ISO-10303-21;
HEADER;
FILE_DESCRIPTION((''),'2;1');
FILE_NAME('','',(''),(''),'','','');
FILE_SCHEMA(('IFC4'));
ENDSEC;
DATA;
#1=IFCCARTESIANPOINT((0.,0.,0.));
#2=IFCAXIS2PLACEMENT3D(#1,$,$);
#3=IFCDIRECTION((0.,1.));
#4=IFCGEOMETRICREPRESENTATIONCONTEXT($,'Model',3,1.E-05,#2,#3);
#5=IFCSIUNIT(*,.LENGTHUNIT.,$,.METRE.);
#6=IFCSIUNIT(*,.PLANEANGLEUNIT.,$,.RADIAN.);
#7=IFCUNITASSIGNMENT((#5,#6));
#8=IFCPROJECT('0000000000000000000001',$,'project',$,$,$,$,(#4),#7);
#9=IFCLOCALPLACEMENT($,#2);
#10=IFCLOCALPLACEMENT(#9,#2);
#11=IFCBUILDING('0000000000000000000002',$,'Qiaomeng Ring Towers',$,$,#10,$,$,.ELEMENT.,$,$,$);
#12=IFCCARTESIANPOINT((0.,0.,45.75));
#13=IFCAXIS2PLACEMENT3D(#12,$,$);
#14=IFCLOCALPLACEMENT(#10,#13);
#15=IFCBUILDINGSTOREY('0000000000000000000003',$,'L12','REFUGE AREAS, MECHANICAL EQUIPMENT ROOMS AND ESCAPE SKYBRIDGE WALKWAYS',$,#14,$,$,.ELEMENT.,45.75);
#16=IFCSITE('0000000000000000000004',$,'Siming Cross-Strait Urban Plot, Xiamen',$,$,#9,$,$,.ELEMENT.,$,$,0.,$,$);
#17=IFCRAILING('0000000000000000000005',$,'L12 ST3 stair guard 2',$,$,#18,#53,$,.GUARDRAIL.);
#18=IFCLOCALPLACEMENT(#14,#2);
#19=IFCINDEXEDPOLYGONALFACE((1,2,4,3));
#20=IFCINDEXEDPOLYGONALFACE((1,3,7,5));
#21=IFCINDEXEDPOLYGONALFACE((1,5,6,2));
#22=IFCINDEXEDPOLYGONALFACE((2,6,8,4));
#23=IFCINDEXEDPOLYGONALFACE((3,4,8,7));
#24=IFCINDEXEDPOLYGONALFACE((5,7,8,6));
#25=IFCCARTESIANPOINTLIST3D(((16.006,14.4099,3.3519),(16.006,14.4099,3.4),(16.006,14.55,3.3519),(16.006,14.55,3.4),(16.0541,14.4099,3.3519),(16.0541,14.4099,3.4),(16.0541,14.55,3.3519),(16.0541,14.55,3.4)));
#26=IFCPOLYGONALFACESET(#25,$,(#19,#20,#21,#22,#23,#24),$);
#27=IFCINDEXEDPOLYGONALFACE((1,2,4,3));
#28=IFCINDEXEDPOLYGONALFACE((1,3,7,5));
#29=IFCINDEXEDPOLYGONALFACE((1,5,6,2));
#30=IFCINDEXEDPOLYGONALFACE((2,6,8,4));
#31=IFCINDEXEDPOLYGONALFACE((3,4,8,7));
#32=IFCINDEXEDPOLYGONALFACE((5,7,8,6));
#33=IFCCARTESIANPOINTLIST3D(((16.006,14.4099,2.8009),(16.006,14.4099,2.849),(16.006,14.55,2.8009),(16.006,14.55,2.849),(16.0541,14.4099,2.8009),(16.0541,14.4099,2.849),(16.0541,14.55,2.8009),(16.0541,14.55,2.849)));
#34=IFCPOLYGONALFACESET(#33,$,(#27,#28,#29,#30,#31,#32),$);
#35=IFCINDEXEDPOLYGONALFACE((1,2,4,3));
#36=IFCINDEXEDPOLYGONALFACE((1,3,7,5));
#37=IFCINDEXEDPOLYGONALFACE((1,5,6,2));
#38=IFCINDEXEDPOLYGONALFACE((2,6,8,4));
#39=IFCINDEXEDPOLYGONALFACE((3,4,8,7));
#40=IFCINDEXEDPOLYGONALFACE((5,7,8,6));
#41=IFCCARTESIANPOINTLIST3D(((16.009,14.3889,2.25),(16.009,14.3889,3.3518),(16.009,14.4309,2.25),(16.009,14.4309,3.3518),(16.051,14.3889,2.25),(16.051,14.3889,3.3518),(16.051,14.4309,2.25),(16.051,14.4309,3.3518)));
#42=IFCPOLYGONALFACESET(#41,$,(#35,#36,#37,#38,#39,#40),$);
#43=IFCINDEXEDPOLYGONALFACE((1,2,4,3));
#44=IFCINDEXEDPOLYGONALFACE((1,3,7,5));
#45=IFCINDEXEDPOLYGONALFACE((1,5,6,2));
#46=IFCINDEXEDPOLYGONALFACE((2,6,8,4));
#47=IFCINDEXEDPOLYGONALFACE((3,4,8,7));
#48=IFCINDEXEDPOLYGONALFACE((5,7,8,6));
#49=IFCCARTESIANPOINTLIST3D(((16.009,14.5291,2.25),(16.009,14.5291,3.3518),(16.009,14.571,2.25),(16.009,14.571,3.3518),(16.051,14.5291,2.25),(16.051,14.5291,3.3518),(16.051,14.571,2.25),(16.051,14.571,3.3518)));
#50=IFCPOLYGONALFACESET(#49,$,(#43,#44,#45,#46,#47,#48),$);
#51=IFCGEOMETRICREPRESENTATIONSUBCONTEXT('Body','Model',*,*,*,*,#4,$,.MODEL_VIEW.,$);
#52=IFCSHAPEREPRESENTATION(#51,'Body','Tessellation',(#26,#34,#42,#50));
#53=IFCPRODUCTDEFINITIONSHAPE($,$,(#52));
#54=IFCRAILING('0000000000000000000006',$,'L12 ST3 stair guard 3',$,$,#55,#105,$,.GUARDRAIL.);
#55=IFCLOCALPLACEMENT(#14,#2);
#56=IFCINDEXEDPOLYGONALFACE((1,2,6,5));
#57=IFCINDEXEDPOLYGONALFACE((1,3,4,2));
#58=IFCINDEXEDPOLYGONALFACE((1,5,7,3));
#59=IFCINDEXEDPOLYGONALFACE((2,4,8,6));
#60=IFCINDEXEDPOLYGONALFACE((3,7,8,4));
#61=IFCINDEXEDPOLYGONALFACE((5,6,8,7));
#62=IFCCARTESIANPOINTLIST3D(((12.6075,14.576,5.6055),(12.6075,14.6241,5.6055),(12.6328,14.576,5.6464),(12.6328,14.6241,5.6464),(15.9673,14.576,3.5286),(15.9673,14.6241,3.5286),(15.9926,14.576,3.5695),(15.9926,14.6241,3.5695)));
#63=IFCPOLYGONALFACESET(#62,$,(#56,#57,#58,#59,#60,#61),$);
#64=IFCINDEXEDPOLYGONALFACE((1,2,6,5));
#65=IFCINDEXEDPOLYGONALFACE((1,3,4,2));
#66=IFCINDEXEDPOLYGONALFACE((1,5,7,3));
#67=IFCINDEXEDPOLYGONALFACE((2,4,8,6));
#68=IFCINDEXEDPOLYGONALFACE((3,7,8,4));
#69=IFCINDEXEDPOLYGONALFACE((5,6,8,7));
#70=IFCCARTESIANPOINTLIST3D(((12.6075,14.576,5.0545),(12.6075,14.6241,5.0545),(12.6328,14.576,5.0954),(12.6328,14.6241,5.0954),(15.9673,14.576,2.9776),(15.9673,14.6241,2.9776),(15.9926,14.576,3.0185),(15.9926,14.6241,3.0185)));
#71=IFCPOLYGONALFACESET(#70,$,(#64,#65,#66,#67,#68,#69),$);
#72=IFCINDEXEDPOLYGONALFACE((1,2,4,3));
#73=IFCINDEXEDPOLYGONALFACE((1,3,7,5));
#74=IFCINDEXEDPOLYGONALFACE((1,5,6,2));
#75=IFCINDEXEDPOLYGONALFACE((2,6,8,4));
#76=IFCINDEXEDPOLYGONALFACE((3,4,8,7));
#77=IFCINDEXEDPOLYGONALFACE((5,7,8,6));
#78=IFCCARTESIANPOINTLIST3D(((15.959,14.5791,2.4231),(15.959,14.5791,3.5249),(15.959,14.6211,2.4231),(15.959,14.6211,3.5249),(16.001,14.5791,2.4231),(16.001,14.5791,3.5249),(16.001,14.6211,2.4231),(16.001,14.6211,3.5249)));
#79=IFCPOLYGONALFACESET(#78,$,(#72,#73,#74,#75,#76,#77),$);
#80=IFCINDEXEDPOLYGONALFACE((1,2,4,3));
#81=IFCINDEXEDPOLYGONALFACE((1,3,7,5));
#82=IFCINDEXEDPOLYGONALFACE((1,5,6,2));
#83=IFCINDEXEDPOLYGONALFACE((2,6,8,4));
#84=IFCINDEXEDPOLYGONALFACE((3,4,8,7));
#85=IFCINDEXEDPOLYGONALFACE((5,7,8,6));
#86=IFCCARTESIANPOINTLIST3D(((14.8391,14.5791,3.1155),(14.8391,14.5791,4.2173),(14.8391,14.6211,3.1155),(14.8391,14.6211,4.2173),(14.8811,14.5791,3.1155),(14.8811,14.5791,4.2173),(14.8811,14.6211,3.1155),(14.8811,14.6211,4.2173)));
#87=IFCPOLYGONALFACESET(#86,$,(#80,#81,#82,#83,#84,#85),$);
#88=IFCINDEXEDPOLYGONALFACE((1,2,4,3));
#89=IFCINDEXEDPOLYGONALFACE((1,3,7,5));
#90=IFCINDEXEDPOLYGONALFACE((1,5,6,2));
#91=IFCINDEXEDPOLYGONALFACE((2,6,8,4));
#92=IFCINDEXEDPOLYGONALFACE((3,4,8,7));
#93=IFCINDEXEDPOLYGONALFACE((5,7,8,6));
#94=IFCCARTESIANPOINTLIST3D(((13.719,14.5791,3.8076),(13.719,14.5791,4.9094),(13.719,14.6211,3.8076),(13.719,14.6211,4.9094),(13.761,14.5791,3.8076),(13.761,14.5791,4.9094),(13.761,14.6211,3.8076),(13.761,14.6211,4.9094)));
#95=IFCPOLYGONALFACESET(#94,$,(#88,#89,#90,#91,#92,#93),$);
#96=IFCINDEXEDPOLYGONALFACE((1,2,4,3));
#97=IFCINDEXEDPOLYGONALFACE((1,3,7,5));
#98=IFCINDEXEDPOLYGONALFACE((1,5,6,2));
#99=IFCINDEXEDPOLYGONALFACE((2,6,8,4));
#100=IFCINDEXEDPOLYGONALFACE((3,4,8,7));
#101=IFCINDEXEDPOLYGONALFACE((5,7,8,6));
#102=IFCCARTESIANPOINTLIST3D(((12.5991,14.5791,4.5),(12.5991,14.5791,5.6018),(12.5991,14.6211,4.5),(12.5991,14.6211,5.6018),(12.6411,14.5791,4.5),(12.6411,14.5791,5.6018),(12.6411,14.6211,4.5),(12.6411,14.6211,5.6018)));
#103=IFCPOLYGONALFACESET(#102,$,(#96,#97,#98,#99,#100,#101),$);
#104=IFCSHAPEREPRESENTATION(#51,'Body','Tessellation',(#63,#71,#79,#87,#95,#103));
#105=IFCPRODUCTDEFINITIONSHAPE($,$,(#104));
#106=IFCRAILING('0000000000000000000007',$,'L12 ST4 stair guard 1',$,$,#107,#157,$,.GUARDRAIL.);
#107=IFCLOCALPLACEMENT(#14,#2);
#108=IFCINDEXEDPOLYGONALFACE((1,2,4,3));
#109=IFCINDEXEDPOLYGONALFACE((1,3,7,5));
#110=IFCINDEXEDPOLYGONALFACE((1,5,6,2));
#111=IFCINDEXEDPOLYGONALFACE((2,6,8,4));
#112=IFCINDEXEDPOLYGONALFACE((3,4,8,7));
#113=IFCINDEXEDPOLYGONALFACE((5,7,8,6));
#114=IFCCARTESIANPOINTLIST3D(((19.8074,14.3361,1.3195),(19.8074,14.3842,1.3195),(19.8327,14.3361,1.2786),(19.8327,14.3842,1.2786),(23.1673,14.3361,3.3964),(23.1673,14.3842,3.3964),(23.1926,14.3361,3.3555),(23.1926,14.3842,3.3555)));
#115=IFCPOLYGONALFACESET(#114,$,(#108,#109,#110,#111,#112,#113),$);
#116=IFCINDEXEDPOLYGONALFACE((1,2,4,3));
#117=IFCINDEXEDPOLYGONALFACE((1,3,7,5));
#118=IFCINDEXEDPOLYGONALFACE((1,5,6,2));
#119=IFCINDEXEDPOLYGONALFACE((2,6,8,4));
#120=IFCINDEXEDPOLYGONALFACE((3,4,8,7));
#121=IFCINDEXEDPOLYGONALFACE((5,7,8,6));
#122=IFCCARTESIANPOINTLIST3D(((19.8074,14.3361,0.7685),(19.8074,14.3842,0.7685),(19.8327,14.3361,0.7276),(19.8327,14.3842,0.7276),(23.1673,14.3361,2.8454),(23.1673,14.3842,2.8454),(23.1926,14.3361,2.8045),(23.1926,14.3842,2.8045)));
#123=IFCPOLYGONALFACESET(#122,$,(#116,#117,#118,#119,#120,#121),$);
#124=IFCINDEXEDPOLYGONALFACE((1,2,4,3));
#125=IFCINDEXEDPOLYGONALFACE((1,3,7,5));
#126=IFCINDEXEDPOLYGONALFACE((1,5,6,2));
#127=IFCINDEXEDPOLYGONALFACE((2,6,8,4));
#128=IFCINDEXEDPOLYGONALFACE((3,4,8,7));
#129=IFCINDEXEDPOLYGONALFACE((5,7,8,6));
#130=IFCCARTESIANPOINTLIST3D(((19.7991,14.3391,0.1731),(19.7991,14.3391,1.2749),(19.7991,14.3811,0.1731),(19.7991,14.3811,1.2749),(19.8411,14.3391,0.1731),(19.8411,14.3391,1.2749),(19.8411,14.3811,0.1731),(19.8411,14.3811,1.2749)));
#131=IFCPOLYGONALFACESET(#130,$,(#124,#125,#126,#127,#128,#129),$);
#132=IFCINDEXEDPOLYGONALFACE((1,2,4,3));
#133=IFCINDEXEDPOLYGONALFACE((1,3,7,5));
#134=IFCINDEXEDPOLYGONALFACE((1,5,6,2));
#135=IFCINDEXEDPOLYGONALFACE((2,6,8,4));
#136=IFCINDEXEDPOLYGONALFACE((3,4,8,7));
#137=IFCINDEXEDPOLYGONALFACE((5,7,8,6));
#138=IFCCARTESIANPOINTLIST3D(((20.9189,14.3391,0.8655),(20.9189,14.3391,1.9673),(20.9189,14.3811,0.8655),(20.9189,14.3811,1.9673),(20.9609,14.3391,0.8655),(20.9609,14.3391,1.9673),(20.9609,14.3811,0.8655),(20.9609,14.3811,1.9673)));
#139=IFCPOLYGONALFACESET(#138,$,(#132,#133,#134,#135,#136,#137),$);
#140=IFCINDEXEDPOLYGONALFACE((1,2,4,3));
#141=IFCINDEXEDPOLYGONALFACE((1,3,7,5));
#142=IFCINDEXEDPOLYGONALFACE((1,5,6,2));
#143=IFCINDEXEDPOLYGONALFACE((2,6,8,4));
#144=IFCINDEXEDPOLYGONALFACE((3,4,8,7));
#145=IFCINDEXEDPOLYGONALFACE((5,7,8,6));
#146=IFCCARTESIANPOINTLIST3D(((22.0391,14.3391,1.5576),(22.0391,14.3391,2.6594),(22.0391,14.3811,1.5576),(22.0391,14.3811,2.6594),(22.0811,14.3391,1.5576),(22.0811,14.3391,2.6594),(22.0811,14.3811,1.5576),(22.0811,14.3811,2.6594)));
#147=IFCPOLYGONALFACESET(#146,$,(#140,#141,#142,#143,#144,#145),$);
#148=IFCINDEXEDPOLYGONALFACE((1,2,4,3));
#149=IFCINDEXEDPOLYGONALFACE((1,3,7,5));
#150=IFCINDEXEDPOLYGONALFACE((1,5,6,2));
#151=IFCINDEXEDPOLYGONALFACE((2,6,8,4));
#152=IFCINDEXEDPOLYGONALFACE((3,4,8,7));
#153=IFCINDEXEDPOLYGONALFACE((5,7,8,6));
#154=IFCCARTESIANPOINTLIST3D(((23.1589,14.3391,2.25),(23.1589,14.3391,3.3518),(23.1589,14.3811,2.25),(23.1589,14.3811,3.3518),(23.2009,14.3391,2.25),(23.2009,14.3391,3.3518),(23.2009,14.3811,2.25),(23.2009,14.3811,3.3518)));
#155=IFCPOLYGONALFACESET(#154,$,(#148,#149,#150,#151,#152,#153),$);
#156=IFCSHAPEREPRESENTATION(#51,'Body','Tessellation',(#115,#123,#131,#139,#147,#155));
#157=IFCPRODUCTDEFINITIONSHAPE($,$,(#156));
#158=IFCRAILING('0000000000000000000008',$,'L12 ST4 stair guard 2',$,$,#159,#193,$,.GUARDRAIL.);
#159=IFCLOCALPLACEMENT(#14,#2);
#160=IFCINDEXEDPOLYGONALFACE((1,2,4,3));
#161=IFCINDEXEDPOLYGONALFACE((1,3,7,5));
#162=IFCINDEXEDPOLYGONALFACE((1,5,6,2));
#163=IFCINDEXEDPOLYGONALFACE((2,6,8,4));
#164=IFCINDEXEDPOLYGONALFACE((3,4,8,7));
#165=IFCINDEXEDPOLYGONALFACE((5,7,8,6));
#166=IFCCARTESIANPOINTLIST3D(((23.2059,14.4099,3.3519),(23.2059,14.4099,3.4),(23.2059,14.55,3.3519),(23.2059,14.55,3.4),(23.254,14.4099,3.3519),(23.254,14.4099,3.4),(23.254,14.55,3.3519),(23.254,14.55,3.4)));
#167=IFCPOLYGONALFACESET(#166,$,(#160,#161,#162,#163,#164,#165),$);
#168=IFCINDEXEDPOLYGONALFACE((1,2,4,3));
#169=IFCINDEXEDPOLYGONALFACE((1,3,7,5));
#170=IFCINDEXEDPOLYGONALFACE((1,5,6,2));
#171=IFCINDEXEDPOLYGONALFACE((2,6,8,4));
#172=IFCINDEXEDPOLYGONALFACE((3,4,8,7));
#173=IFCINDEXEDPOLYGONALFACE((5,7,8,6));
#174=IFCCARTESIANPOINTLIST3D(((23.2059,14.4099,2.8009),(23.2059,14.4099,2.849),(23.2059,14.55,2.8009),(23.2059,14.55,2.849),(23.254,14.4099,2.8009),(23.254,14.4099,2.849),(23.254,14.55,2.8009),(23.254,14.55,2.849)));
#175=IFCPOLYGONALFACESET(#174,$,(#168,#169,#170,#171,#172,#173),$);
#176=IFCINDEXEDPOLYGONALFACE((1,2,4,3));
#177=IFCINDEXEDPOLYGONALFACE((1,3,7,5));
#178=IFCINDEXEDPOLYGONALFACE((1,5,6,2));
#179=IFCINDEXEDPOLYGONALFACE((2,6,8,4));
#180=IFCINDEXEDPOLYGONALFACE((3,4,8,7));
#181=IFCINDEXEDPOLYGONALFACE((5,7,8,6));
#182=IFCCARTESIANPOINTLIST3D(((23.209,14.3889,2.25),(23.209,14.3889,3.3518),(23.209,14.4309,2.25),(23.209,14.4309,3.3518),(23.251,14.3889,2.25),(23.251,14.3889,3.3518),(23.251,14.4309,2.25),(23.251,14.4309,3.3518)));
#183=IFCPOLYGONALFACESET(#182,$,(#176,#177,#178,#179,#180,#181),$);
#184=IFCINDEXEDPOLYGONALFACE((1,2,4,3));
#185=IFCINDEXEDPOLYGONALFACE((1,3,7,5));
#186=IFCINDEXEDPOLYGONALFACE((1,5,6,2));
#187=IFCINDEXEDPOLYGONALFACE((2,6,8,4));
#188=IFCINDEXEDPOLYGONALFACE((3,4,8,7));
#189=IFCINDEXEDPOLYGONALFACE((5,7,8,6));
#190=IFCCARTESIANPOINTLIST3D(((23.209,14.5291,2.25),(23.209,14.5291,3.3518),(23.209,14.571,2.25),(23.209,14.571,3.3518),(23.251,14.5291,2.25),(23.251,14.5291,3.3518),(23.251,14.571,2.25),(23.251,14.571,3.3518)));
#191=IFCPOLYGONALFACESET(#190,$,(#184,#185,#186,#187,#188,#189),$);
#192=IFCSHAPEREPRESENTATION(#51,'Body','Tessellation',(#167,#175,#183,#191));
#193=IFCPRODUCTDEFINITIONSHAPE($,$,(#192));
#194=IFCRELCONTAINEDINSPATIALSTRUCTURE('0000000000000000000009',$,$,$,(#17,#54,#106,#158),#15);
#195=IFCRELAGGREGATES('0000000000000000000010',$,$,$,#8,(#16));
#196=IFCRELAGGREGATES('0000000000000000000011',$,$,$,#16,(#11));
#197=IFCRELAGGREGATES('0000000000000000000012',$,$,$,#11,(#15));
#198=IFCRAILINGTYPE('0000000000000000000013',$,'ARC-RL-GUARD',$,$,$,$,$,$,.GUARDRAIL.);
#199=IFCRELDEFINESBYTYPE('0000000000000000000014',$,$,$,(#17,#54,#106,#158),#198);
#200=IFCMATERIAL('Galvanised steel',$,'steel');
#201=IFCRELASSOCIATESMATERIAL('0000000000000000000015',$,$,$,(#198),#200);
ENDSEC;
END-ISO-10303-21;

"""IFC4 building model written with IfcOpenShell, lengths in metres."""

from ifc_helpers import new_model, si_unit, direction, frame, origin, origin_2d, place, context, subcontext, project, spatial, rectangle, extrude, material, type_object, element, save


model = new_model("IFC4")

# Units and contexts
model_context = context("Model", 3, precision=1e-05, world=origin(), true_north=direction((0.0, 1.0)))
body_context = subcontext(model_context, "Body", "Model", "MODEL_VIEW")
ifc_project = project(units=[si_unit("LENGTHUNIT", "METRE"), si_unit("PLANEANGLEUNIT", "RADIAN")], contexts=[model_context])

# Site, building, storey
site_placement = place(None, origin())
site = spatial("IfcSite", under=ifc_project, at=site_placement, Name="Siming Cross-Strait Urban Plot, Xiamen", CompositionType="ELEMENT", RefElevation=0.0)
building_placement = place(site_placement, origin())
building = spatial("IfcBuilding", under=site, at=building_placement, Name="Qiaomeng Ring Towers", CompositionType="ELEMENT")
storey_placement = place(building_placement, frame((0.0, 0.0, 45.75)))
storey = spatial("IfcBuildingStorey", under=building, at=storey_placement, Name="L12", Description="REFUGE AREAS, MECHANICAL EQUIPMENT ROOMS AND ESCAPE SKYBRIDGE WALKWAYS", CompositionType="ELEMENT", Elevation=45.75)

# Shared definitions
ifc_material_1 = material(Name="Galvanised steel", Category="steel")

# Railings
railing_type_1 = type_object("IfcRailingType", Name="ARC-RL-GUARD", PredefinedType="GUARDRAIL", material=ifc_material_1)
railing_1_placement = place(storey_placement, frame((16.03, 14.4099, 2.25)))
element("IfcRailing", 1, at=railing_1_placement, inside=storey, type_object=railing_type_1, Name="L12 ST3 stair guard 2", PredefinedType="GUARDRAIL", context=body_context, shape_type="SweptSolid", body=[
    extrude(rectangle(XDim=0.0481, YDim=0.0481, at=origin_2d()), frame((0.0, 0.0, 1.126), z_axis=(0.0, 1.0, 0.0), x_axis=(-1.0, 0.0, 0.0)), (0.0, 0.0, 1.0), 0.1401),
    extrude(rectangle(XDim=0.0481, YDim=0.0481, at=origin_2d()), frame((0.0, 0.0, 0.575), z_axis=(0.0, 1.0, 0.0), x_axis=(-1.0, 0.0, 0.0)), (0.0, 0.0, 1.0), 0.1401),
    extrude(rectangle(XDim=0.042, YDim=0.042, at=origin_2d()), origin(), (0.0, 0.0, 1.0), 1.1018),
    extrude(rectangle(XDim=0.042, YDim=0.042, at=origin_2d()), frame((0.0, 0.1401, 0.0)), (0.0, 0.0, 1.0), 1.1018),
])
railing_2_placement = place(storey_placement, frame((15.98, 14.6001, 2.4231)))
element("IfcRailing", 2, at=railing_2_placement, inside=storey, type_object=railing_type_1, Name="L12 ST3 stair guard 3", PredefinedType="GUARDRAIL", context=body_context, shape_type="SweptSolid", body=[
    extrude(rectangle(XDim=0.0481, YDim=0.0481, at=origin_2d()), frame((0.0, 0.0, 1.126), z_axis=(-0.850606, 0.0, 0.525803), x_axis=(0.0, -1.0, 0.0)), (0.0, 0.0, 1.0), 3.95),
    extrude(rectangle(XDim=0.0481, YDim=0.0481, at=origin_2d()), frame((0.0, 0.0, 0.575), z_axis=(-0.850606, 0.0, 0.525803), x_axis=(0.0, -1.0, 0.0)), (0.0, 0.0, 1.0), 3.95),
    extrude(rectangle(XDim=0.042, YDim=0.042, at=origin_2d()), origin(), (0.0, 0.0, 1.0), 1.1018),
    extrude(rectangle(XDim=0.042, YDim=0.042, at=origin_2d()), frame((-1.1199, 0.0, 0.6924)), (0.0, 0.0, 1.0), 1.1018),
    extrude(rectangle(XDim=0.042, YDim=0.042, at=origin_2d()), frame((-2.24, 0.0, 1.3845)), (0.0, 0.0, 1.0), 1.1018),
    extrude(rectangle(XDim=0.042, YDim=0.042, at=origin_2d()), frame((-3.3599, 0.0, 2.0769)), (0.0, 0.0, 1.0), 1.1018),
])
railing_3_placement = place(storey_placement, frame((19.8201, 14.3601, 0.1731)))
element("IfcRailing", 3, at=railing_3_placement, inside=storey, type_object=railing_type_1, Name="L12 ST4 stair guard 1", PredefinedType="GUARDRAIL", context=body_context, shape_type="SweptSolid", body=[
    extrude(rectangle(XDim=0.0481, YDim=0.0481, at=origin_2d()), frame((0.0, 0.0, 1.126), z_axis=(0.850606, 0.0, 0.525803), x_axis=(0.0, 1.0, 0.0)), (0.0, 0.0, 1.0), 3.95),
    extrude(rectangle(XDim=0.0481, YDim=0.0481, at=origin_2d()), frame((0.0, 0.0, 0.575), z_axis=(0.850606, 0.0, 0.525803), x_axis=(0.0, 1.0, 0.0)), (0.0, 0.0, 1.0), 3.95),
    extrude(rectangle(XDim=0.042, YDim=0.042, at=origin_2d()), origin(), (0.0, 0.0, 1.0), 1.1018),
    extrude(rectangle(XDim=0.042, YDim=0.042, at=origin_2d()), frame((1.1199, 0.0, 0.6924)), (0.0, 0.0, 1.0), 1.1018),
    extrude(rectangle(XDim=0.042, YDim=0.042, at=origin_2d()), frame((2.24, 0.0, 1.3845)), (0.0, 0.0, 1.0), 1.1018),
    extrude(rectangle(XDim=0.042, YDim=0.042, at=origin_2d()), frame((3.3599, 0.0, 2.0769)), (0.0, 0.0, 1.0), 1.1018),
])
railing_4_placement = place(storey_placement, frame((23.23, 14.4099, 2.25)))
element("IfcRailing", 4, at=railing_4_placement, inside=storey, type_object=railing_type_1, Name="L12 ST4 stair guard 2", PredefinedType="GUARDRAIL", context=body_context, shape_type="SweptSolid", body=[
    extrude(rectangle(XDim=0.0481, YDim=0.0481, at=origin_2d()), frame((0.0, 0.0, 1.126), z_axis=(0.0, 1.0, 0.0), x_axis=(-1.0, 0.0, 0.0)), (0.0, 0.0, 1.0), 0.1401),
    extrude(rectangle(XDim=0.0481, YDim=0.0481, at=origin_2d()), frame((0.0, 0.0, 0.575), z_axis=(0.0, 1.0, 0.0), x_axis=(-1.0, 0.0, 0.0)), (0.0, 0.0, 1.0), 0.1401),
    extrude(rectangle(XDim=0.042, YDim=0.042, at=origin_2d()), origin(), (0.0, 0.0, 1.0), 1.1018),
    extrude(rectangle(XDim=0.042, YDim=0.042, at=origin_2d()), frame((0.0, 0.1401, 0.0)), (0.0, 0.0, 1.0), 1.1018),
])

save(model, "model.ifc")
